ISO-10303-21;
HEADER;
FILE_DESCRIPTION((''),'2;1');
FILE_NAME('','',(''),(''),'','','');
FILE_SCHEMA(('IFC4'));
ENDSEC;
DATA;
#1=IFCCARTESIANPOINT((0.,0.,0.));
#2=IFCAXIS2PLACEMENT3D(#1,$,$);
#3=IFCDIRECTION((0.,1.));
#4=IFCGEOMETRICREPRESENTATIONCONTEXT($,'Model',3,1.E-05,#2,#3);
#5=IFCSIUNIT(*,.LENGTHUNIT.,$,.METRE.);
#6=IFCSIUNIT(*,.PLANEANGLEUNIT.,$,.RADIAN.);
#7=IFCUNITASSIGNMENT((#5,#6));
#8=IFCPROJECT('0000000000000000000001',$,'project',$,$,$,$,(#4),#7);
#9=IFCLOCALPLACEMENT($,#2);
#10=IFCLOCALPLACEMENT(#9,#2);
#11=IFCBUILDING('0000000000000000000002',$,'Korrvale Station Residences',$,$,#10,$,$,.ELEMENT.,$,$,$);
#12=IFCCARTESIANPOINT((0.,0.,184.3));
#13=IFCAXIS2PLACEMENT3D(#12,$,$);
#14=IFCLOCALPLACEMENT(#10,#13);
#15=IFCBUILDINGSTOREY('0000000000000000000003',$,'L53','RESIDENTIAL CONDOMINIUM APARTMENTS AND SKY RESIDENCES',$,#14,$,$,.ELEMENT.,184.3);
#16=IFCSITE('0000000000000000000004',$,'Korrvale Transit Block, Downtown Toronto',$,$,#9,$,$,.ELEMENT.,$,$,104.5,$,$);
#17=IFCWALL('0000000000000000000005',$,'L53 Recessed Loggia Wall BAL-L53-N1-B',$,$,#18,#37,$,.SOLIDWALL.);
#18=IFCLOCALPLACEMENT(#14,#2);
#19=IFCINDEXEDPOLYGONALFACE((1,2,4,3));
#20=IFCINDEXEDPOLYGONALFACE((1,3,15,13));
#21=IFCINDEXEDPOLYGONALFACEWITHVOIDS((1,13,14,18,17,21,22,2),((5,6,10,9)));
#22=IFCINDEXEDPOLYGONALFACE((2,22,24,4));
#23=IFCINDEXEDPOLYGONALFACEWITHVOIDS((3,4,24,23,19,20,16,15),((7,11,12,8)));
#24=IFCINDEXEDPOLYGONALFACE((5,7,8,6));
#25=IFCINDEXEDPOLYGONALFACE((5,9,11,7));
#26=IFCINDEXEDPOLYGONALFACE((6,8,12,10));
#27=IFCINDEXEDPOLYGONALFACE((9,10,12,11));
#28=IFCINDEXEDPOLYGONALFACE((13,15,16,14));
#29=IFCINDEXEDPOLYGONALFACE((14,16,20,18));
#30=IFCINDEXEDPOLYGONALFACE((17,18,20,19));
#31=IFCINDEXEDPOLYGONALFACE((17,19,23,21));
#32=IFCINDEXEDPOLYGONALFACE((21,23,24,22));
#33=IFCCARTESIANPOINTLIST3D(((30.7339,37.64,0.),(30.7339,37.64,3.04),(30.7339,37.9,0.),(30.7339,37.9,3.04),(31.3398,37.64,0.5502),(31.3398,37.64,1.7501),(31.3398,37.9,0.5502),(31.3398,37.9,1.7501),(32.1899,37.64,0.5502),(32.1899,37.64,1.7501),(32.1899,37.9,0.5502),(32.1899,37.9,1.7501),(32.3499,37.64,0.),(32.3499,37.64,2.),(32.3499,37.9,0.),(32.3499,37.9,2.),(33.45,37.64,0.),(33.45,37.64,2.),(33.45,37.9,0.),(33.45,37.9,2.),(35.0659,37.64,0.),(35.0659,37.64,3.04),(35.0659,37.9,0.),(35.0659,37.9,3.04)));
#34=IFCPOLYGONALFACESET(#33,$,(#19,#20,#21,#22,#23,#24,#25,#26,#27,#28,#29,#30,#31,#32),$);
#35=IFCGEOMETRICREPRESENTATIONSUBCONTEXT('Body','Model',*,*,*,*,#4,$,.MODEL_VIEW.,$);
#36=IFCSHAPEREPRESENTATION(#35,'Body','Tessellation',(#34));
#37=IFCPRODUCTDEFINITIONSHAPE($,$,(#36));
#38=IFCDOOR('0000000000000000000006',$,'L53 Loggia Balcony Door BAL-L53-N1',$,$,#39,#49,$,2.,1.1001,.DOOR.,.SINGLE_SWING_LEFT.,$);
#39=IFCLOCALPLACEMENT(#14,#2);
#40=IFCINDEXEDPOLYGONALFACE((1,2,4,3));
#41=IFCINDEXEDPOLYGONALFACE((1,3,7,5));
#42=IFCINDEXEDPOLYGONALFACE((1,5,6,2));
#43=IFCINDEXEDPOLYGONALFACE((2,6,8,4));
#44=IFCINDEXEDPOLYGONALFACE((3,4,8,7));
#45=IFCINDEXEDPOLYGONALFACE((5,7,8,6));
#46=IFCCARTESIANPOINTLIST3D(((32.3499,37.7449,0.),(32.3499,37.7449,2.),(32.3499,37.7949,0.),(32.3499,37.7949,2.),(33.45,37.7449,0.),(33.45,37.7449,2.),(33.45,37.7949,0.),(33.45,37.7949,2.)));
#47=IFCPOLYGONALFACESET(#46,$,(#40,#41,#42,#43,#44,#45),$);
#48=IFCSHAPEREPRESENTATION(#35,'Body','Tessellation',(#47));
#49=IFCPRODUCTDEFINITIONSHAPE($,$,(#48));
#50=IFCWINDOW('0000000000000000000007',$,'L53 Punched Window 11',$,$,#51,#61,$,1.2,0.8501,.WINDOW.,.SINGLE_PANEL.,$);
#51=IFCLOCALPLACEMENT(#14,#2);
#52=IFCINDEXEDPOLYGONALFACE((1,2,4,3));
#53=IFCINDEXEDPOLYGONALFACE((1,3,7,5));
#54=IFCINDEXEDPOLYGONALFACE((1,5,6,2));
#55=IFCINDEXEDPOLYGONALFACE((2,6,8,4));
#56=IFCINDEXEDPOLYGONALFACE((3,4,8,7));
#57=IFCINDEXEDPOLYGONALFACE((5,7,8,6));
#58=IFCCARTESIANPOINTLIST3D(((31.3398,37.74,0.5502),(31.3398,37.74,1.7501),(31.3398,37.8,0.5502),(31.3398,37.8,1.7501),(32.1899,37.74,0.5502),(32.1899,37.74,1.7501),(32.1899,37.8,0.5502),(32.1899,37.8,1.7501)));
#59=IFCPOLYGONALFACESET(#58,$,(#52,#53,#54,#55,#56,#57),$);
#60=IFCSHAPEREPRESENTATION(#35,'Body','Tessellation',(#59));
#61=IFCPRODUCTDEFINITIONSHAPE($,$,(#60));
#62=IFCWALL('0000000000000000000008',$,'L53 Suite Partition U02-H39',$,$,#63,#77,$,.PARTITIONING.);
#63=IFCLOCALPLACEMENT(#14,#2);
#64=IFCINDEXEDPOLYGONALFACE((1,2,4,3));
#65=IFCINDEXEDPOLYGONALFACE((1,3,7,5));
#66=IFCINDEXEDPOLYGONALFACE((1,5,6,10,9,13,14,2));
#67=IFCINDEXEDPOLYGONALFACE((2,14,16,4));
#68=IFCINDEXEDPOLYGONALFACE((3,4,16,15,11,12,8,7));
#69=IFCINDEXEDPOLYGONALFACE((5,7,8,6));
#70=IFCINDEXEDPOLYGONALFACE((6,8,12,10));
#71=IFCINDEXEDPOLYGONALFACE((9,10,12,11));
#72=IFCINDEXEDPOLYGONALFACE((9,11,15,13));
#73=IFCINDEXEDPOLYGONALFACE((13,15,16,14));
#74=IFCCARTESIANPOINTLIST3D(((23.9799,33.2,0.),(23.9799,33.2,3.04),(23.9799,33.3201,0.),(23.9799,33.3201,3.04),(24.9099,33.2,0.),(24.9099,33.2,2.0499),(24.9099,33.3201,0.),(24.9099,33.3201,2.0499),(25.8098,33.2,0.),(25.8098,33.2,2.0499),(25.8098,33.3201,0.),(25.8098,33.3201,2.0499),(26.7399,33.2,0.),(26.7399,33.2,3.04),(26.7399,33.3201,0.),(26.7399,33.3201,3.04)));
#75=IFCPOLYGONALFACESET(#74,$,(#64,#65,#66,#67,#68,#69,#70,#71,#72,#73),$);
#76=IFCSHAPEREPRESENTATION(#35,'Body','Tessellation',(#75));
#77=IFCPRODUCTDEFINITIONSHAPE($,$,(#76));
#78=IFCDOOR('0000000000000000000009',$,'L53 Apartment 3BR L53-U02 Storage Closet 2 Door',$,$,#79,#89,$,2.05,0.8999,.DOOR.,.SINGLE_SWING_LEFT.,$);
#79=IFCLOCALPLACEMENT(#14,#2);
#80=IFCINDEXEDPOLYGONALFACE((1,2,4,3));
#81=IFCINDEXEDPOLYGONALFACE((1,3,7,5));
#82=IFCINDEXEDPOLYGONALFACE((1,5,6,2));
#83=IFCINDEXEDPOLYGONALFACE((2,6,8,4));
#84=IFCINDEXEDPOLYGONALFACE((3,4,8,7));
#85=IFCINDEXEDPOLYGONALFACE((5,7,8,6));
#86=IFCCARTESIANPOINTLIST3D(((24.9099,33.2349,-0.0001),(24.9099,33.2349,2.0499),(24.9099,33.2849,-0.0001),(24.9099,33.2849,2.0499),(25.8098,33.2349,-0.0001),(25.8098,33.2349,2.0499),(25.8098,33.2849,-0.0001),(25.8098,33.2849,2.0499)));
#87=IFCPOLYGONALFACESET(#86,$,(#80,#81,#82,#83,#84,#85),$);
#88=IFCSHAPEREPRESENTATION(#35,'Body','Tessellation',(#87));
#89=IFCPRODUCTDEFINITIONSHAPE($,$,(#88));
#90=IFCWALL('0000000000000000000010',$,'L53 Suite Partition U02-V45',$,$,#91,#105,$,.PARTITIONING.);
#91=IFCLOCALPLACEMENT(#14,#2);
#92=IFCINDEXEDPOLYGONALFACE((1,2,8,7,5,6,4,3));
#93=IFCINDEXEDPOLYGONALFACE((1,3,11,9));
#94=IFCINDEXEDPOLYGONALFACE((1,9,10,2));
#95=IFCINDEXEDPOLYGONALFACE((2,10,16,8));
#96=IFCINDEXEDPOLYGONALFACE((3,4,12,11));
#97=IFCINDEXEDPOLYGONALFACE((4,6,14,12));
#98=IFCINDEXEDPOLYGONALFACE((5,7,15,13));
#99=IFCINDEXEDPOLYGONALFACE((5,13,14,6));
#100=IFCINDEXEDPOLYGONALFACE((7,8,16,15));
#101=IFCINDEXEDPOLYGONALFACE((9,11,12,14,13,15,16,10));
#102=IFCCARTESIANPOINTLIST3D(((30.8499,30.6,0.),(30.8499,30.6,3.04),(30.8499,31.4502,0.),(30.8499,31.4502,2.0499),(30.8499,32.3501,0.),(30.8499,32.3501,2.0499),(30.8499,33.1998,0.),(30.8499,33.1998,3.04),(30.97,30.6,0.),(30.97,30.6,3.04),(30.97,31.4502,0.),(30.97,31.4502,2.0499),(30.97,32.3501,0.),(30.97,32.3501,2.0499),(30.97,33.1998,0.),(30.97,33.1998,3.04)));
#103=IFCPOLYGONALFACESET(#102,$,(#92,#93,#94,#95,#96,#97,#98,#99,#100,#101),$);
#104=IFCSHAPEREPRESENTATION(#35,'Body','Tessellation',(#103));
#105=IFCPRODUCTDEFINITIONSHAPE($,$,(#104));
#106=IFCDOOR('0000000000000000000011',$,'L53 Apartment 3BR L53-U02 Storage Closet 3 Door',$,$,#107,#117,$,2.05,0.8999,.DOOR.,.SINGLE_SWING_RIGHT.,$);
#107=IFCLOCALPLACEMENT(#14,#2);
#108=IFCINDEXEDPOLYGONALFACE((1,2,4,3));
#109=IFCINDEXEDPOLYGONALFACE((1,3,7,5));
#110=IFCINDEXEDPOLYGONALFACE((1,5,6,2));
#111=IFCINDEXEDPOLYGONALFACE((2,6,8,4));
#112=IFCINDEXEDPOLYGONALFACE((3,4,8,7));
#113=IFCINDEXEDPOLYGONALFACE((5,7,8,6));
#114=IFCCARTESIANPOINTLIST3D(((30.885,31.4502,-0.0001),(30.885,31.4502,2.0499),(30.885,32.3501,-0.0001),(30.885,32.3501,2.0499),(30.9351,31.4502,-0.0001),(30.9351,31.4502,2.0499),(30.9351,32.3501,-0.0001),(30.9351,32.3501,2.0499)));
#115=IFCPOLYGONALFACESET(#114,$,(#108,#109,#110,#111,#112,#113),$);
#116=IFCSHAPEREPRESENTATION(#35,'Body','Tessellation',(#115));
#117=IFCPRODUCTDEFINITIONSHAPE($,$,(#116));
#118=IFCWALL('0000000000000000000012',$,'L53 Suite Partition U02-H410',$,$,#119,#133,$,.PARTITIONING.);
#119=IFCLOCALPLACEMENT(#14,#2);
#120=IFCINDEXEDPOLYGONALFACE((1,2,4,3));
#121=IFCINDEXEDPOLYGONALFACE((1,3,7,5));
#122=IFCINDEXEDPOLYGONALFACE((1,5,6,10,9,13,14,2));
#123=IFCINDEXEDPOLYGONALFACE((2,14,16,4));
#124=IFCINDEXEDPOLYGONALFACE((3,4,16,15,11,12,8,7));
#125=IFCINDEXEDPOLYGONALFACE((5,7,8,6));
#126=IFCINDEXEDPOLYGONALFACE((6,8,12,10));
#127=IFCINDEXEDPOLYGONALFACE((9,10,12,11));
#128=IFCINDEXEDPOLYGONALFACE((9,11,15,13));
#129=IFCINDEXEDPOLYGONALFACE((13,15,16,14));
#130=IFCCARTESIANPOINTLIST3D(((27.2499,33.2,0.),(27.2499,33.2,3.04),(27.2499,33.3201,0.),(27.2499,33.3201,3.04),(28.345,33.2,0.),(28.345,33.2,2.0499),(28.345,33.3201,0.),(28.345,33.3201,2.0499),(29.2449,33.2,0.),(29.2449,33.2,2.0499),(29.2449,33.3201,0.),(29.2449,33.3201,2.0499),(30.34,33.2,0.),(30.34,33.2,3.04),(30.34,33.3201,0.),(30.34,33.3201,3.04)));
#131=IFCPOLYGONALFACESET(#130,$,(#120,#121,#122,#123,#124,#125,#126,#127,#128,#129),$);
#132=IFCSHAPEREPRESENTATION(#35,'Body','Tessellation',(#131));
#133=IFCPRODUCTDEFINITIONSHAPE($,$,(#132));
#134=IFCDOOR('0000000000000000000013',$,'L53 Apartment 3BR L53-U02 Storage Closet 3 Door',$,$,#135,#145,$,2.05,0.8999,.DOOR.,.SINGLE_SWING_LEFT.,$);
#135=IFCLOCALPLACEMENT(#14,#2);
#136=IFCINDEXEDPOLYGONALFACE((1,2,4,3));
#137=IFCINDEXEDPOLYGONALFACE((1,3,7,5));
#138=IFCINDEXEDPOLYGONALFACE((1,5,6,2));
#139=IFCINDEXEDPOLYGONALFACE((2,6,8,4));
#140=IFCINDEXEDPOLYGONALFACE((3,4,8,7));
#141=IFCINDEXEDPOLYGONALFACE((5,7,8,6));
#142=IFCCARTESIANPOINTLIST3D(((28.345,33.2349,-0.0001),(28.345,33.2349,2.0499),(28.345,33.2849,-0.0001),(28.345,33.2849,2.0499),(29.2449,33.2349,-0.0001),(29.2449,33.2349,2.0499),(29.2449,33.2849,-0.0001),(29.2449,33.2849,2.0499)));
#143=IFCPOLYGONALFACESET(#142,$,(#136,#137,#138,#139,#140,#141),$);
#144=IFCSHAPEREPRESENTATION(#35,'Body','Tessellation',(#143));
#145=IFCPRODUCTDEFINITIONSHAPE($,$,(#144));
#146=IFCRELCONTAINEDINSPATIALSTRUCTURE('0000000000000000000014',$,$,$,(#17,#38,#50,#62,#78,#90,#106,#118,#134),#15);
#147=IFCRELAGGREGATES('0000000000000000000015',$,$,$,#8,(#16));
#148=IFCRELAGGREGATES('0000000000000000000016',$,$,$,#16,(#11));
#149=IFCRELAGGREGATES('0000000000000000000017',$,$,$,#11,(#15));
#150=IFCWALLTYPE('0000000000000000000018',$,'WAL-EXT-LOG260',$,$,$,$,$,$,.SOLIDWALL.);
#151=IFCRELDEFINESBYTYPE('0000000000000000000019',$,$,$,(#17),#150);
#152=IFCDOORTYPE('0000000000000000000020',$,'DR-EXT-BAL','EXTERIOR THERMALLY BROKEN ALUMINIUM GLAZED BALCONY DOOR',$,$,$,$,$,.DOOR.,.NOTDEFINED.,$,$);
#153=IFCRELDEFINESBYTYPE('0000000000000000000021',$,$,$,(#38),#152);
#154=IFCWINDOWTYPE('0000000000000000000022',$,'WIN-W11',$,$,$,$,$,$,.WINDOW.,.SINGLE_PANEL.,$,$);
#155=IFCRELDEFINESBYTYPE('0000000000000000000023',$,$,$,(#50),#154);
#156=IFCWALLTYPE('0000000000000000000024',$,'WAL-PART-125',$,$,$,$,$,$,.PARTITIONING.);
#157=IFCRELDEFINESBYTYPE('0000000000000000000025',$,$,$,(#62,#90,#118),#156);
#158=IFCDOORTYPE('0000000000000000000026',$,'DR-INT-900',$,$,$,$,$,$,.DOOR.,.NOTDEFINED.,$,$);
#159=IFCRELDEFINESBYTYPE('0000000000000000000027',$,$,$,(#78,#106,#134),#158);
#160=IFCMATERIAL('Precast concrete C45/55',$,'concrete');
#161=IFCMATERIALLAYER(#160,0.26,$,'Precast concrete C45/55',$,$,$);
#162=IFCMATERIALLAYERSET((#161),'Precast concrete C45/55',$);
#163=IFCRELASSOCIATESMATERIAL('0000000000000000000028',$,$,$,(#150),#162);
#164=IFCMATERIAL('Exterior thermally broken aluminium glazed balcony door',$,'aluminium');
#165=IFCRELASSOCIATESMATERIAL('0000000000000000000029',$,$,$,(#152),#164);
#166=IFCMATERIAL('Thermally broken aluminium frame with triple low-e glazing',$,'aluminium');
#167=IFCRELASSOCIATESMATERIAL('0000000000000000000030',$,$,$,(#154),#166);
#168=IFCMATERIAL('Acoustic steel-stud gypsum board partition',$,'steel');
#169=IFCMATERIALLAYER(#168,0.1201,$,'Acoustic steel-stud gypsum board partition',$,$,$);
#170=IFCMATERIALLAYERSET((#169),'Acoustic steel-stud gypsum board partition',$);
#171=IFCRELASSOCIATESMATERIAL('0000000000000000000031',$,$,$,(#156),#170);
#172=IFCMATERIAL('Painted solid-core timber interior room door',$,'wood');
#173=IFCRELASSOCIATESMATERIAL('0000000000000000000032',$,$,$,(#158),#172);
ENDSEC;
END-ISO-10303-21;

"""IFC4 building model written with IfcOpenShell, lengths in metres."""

from ifc_helpers import new_model, si_unit, direction, frame, frame_2d, origin, place, context, subcontext, project, spatial, rectangle, extrude, material, layer, layer_set, type_object, element, fill, save


model = new_model("IFC4")

# Units and contexts
model_context = context("Model", 3, precision=1e-05, world=origin(), true_north=direction((0.0, 1.0)))
body_context = subcontext(model_context, "Body", "Model", "MODEL_VIEW")
ifc_project = project(units=[si_unit("LENGTHUNIT", "METRE"), si_unit("PLANEANGLEUNIT", "RADIAN")], contexts=[model_context])

# Site, building, storey
site_placement = place(None, origin())
site = spatial("IfcSite", under=ifc_project, at=site_placement, Name="Korrvale Transit Block, Downtown Toronto", CompositionType="ELEMENT", RefElevation=104.5)
building_placement = place(site_placement, origin())
building = spatial("IfcBuilding", under=site, at=building_placement, Name="Korrvale Station Residences", CompositionType="ELEMENT")
storey_placement = place(building_placement, frame((0.0, 0.0, 184.3)))
storey = spatial("IfcBuildingStorey", under=building, at=storey_placement, Name="L53", Description="RESIDENTIAL CONDOMINIUM APARTMENTS AND SKY RESIDENCES", CompositionType="ELEMENT", Elevation=184.3)

# Shared definitions
ifc_material_1 = material(Name="Precast concrete C45/55", Category="concrete")
ifc_layer_1 = layer(ifc_material_1, 0.26, Name="Precast concrete C45/55")
ifc_layer_set_1 = layer_set([ifc_layer_1], Name="Precast concrete C45/55")
wall_type_1 = type_object("IfcWallType", Name="WAL-EXT-LOG260", PredefinedType="SOLIDWALL", material=ifc_layer_set_1)

# Wall, openings, door, window
wall_1_placement = place(storey_placement, frame((30.7339, 37.77, 0.0), z_axis=(0.0, 0.0, 1.0), x_axis=(1.0, 0.0, 0.0)))
wall_1 = element("IfcWall", 1, at=wall_1_placement, inside=storey, type_object=wall_type_1, Name="L53 Recessed Loggia Wall BAL-L53-N1-B", PredefinedType="SOLIDWALL", context=body_context, shape_type="SweptSolid", body=[
    extrude(rectangle(XDim=4.332, YDim=0.26, at=frame_2d((2.166, 0.0))), origin(), (0.0, 0.0, 1.0), 3.04),
])
opening_1_placement = place(wall_1_placement, frame((1.616, 0.0, 0.0)))
opening_1 = element("IfcOpeningElement", 2, at=opening_1_placement, cuts=wall_1, PredefinedType="OPENING", context=body_context, shape_type="SweptSolid", body=[
    extrude(rectangle(XDim=1.1001, YDim=2.0, at=frame_2d((0.55, 1.0))), frame((0.0, 0.1401, 0.0), z_axis=(0.0, -1.0, 0.0), x_axis=(1.0, 0.0, 0.0)), (0.0, 0.0, 1.0), 0.28),
])
opening_2_placement = place(wall_1_placement, frame((0.606, 0.0, 0.55)))
opening_2 = element("IfcOpeningElement", 3, at=opening_2_placement, cuts=wall_1, PredefinedType="OPENING", context=body_context, shape_type="SweptSolid", body=[
    extrude(rectangle(XDim=0.8501, YDim=1.2, at=frame_2d((0.425, 0.6001))), frame((0.0, 0.1401, 0.0), z_axis=(0.0, -1.0, 0.0), x_axis=(1.0, 0.0, 0.0)), (0.0, 0.0, 1.0), 0.28),
])
ifc_material_2 = material(Name="Exterior thermally broken aluminium glazed balcony door", Category="aluminium")
door_type_1 = type_object("IfcDoorType", Name="DR-EXT-BAL", Description="EXTERIOR THERMALLY BROKEN ALUMINIUM GLAZED BALCONY DOOR", OperationType="NOTDEFINED", PredefinedType="DOOR", material=ifc_material_2)
door_1_placement = place(opening_1_placement, origin())
door_1 = element("IfcDoor", 4, at=door_1_placement, inside=storey, type_object=door_type_1, Name="L53 Loggia Balcony Door BAL-L53-N1", OperationType="SINGLE_SWING_LEFT", OverallHeight=2.0, OverallWidth=1.1001, PredefinedType="DOOR", context=body_context, shape_type="SweptSolid", body=[
    extrude(rectangle(XDim=1.1001, YDim=2.0, at=frame_2d((0.55, 1.0))), frame((0.0, 0.0249, 0.0), z_axis=(0.0, -1.0, 0.0), x_axis=(1.0, 0.0, 0.0)), (0.0, 0.0, 1.0), 0.05),
])
fill(opening_1, door_1)
ifc_material_3 = material(Name="Thermally broken aluminium frame with triple low-e glazing", Category="aluminium")
window_type = type_object("IfcWindowType", Name="WIN-W11", PartitioningType="SINGLE_PANEL", PredefinedType="WINDOW", material=ifc_material_3)
window_placement = place(opening_2_placement, origin())
window = element("IfcWindow", 5, at=window_placement, inside=storey, type_object=window_type, Name="L53 Punched Window 11", OverallHeight=1.2, OverallWidth=0.8501, PartitioningType="SINGLE_PANEL", PredefinedType="WINDOW", context=body_context, shape_type="SweptSolid", body=[
    extrude(rectangle(XDim=0.8501, YDim=1.2, at=frame_2d((0.425, 0.6001))), frame((0.0, 0.03, 0.0), z_axis=(0.0, -1.0, 0.0), x_axis=(1.0, 0.0, 0.0)), (0.0, 0.0, 1.0), 0.0601),
])
fill(opening_2, window)

# Walls, openings, doors
ifc_material_4 = material(Name="Acoustic steel-stud gypsum board partition", Category="steel")
ifc_layer_2 = layer(ifc_material_4, 0.1201, Name="Acoustic steel-stud gypsum board partition")
ifc_layer_set_2 = layer_set([ifc_layer_2], Name="Acoustic steel-stud gypsum board partition")
wall_type_2 = type_object("IfcWallType", Name="WAL-PART-125", PredefinedType="PARTITIONING", material=ifc_layer_set_2)
wall_2_placement = place(storey_placement, frame((23.98, 33.26, 0.0), z_axis=(0.0, 0.0, 1.0), x_axis=(1.0, 0.0, 0.0)))
wall_2 = element("IfcWall", 6, at=wall_2_placement, inside=storey, type_object=wall_type_2, Name="L53 Suite Partition U02-H39", PredefinedType="PARTITIONING", context=body_context, shape_type="SweptSolid", body=[
    extrude(rectangle(XDim=2.76, YDim=0.1201, at=frame_2d((1.3799, 0.0))), origin(), (0.0, 0.0, 1.0), 3.04),
])
opening_3_placement = place(wall_2_placement, frame((0.9299, 0.0, 0.0)))
opening_3 = element("IfcOpeningElement", 7, at=opening_3_placement, cuts=wall_2, PredefinedType="OPENING", context=body_context, shape_type="SweptSolid", body=[
    extrude(rectangle(XDim=0.8999, YDim=2.05, at=frame_2d((0.45, 1.0249))), frame((0.0, 0.0701, 0.0), z_axis=(0.0, -1.0, 0.0), x_axis=(1.0, 0.0, 0.0)), (0.0, 0.0, 1.0), 0.1401),
])
ifc_material_5 = material(Name="Painted solid-core timber interior room door", Category="wood")
door_type_2 = type_object("IfcDoorType", Name="DR-INT-900", OperationType="NOTDEFINED", PredefinedType="DOOR", material=ifc_material_5)
door_2_placement = place(opening_3_placement, origin())
door_2 = element("IfcDoor", 8, at=door_2_placement, inside=storey, type_object=door_type_2, Name="L53 Apartment 3BR L53-U02 Storage Closet 2 Door", OperationType="SINGLE_SWING_LEFT", OverallHeight=2.05, OverallWidth=0.8999, PredefinedType="DOOR", context=body_context, shape_type="SweptSolid", body=[
    extrude(rectangle(XDim=0.8999, YDim=2.05, at=frame_2d((0.45, 1.0249))), frame((0.0, 0.0249, 0.0), z_axis=(0.0, -1.0, 0.0), x_axis=(1.0, 0.0, 0.0)), (0.0, 0.0, 1.0), 0.05),
])
fill(opening_3, door_2)
wall_3_placement = place(storey_placement, frame((30.9099, 30.6001, 0.0), z_axis=(0.0, 0.0, 1.0), x_axis=(0.0, 1.0, 0.0)))
wall_3 = element("IfcWall", 9, at=wall_3_placement, inside=storey, type_object=wall_type_2, Name="L53 Suite Partition U02-V45", PredefinedType="PARTITIONING", context=body_context, shape_type="SweptSolid", body=[
    extrude(rectangle(XDim=2.5999, YDim=0.1201, at=frame_2d((1.2998, 0.0))), origin(), (0.0, 0.0, 1.0), 3.04),
])
opening_4_placement = place(wall_3_placement, frame((0.8501, 0.0, 0.0)))
opening_4 = element("IfcOpeningElement", 10, at=opening_4_placement, cuts=wall_3, PredefinedType="OPENING", context=body_context, shape_type="SweptSolid", body=[
    extrude(rectangle(XDim=0.8999, YDim=2.05, at=frame_2d((0.45, 1.0249))), frame((0.0, 0.0701, 0.0), z_axis=(0.0, -1.0, 0.0), x_axis=(1.0, 0.0, 0.0)), (0.0, 0.0, 1.0), 0.1401),
])
door_3_placement = place(opening_4_placement, origin())
door_3 = element("IfcDoor", 11, at=door_3_placement, inside=storey, type_object=door_type_2, Name="L53 Apartment 3BR L53-U02 Storage Closet 3 Door", OperationType="SINGLE_SWING_RIGHT", OverallHeight=2.05, OverallWidth=0.8999, PredefinedType="DOOR", context=body_context, shape_type="SweptSolid", body=[
    extrude(rectangle(XDim=0.8999, YDim=2.05, at=frame_2d((0.45, 1.0249))), frame((0.0, 0.0249, 0.0), z_axis=(0.0, -1.0, 0.0), x_axis=(1.0, 0.0, 0.0)), (0.0, 0.0, 1.0), 0.05),
])
fill(opening_4, door_3)
wall_4_placement = place(storey_placement, frame((27.25, 33.26, 0.0), z_axis=(0.0, 0.0, 1.0), x_axis=(1.0, 0.0, 0.0)))
wall_4 = element("IfcWall", 12, at=wall_4_placement, inside=storey, type_object=wall_type_2, Name="L53 Suite Partition U02-H410", PredefinedType="PARTITIONING", context=body_context, shape_type="SweptSolid", body=[
    extrude(rectangle(XDim=3.0901, YDim=0.1201, at=frame_2d((1.5449, 0.0))), origin(), (0.0, 0.0, 1.0), 3.04),
])
opening_5_placement = place(wall_4_placement, frame((1.095, 0.0, 0.0)))
opening_5 = element("IfcOpeningElement", 13, at=opening_5_placement, cuts=wall_4, PredefinedType="OPENING", context=body_context, shape_type="SweptSolid", body=[
    extrude(rectangle(XDim=0.8999, YDim=2.05, at=frame_2d((0.45, 1.0249))), frame((0.0, 0.0701, 0.0), z_axis=(0.0, -1.0, 0.0), x_axis=(1.0, 0.0, 0.0)), (0.0, 0.0, 1.0), 0.1401),
])
door_4_placement = place(opening_5_placement, origin())
door_4 = element("IfcDoor", 14, at=door_4_placement, inside=storey, type_object=door_type_2, Name="L53 Apartment 3BR L53-U02 Storage Closet 3 Door", OperationType="SINGLE_SWING_LEFT", OverallHeight=2.05, OverallWidth=0.8999, PredefinedType="DOOR", context=body_context, shape_type="SweptSolid", body=[
    extrude(rectangle(XDim=0.8999, YDim=2.05, at=frame_2d((0.45, 1.0249))), frame((0.0, 0.0249, 0.0), z_axis=(0.0, -1.0, 0.0), x_axis=(1.0, 0.0, 0.0)), (0.0, 0.0, 1.0), 0.05),
])
fill(opening_5, door_4)

save(model, "model.ifc")
